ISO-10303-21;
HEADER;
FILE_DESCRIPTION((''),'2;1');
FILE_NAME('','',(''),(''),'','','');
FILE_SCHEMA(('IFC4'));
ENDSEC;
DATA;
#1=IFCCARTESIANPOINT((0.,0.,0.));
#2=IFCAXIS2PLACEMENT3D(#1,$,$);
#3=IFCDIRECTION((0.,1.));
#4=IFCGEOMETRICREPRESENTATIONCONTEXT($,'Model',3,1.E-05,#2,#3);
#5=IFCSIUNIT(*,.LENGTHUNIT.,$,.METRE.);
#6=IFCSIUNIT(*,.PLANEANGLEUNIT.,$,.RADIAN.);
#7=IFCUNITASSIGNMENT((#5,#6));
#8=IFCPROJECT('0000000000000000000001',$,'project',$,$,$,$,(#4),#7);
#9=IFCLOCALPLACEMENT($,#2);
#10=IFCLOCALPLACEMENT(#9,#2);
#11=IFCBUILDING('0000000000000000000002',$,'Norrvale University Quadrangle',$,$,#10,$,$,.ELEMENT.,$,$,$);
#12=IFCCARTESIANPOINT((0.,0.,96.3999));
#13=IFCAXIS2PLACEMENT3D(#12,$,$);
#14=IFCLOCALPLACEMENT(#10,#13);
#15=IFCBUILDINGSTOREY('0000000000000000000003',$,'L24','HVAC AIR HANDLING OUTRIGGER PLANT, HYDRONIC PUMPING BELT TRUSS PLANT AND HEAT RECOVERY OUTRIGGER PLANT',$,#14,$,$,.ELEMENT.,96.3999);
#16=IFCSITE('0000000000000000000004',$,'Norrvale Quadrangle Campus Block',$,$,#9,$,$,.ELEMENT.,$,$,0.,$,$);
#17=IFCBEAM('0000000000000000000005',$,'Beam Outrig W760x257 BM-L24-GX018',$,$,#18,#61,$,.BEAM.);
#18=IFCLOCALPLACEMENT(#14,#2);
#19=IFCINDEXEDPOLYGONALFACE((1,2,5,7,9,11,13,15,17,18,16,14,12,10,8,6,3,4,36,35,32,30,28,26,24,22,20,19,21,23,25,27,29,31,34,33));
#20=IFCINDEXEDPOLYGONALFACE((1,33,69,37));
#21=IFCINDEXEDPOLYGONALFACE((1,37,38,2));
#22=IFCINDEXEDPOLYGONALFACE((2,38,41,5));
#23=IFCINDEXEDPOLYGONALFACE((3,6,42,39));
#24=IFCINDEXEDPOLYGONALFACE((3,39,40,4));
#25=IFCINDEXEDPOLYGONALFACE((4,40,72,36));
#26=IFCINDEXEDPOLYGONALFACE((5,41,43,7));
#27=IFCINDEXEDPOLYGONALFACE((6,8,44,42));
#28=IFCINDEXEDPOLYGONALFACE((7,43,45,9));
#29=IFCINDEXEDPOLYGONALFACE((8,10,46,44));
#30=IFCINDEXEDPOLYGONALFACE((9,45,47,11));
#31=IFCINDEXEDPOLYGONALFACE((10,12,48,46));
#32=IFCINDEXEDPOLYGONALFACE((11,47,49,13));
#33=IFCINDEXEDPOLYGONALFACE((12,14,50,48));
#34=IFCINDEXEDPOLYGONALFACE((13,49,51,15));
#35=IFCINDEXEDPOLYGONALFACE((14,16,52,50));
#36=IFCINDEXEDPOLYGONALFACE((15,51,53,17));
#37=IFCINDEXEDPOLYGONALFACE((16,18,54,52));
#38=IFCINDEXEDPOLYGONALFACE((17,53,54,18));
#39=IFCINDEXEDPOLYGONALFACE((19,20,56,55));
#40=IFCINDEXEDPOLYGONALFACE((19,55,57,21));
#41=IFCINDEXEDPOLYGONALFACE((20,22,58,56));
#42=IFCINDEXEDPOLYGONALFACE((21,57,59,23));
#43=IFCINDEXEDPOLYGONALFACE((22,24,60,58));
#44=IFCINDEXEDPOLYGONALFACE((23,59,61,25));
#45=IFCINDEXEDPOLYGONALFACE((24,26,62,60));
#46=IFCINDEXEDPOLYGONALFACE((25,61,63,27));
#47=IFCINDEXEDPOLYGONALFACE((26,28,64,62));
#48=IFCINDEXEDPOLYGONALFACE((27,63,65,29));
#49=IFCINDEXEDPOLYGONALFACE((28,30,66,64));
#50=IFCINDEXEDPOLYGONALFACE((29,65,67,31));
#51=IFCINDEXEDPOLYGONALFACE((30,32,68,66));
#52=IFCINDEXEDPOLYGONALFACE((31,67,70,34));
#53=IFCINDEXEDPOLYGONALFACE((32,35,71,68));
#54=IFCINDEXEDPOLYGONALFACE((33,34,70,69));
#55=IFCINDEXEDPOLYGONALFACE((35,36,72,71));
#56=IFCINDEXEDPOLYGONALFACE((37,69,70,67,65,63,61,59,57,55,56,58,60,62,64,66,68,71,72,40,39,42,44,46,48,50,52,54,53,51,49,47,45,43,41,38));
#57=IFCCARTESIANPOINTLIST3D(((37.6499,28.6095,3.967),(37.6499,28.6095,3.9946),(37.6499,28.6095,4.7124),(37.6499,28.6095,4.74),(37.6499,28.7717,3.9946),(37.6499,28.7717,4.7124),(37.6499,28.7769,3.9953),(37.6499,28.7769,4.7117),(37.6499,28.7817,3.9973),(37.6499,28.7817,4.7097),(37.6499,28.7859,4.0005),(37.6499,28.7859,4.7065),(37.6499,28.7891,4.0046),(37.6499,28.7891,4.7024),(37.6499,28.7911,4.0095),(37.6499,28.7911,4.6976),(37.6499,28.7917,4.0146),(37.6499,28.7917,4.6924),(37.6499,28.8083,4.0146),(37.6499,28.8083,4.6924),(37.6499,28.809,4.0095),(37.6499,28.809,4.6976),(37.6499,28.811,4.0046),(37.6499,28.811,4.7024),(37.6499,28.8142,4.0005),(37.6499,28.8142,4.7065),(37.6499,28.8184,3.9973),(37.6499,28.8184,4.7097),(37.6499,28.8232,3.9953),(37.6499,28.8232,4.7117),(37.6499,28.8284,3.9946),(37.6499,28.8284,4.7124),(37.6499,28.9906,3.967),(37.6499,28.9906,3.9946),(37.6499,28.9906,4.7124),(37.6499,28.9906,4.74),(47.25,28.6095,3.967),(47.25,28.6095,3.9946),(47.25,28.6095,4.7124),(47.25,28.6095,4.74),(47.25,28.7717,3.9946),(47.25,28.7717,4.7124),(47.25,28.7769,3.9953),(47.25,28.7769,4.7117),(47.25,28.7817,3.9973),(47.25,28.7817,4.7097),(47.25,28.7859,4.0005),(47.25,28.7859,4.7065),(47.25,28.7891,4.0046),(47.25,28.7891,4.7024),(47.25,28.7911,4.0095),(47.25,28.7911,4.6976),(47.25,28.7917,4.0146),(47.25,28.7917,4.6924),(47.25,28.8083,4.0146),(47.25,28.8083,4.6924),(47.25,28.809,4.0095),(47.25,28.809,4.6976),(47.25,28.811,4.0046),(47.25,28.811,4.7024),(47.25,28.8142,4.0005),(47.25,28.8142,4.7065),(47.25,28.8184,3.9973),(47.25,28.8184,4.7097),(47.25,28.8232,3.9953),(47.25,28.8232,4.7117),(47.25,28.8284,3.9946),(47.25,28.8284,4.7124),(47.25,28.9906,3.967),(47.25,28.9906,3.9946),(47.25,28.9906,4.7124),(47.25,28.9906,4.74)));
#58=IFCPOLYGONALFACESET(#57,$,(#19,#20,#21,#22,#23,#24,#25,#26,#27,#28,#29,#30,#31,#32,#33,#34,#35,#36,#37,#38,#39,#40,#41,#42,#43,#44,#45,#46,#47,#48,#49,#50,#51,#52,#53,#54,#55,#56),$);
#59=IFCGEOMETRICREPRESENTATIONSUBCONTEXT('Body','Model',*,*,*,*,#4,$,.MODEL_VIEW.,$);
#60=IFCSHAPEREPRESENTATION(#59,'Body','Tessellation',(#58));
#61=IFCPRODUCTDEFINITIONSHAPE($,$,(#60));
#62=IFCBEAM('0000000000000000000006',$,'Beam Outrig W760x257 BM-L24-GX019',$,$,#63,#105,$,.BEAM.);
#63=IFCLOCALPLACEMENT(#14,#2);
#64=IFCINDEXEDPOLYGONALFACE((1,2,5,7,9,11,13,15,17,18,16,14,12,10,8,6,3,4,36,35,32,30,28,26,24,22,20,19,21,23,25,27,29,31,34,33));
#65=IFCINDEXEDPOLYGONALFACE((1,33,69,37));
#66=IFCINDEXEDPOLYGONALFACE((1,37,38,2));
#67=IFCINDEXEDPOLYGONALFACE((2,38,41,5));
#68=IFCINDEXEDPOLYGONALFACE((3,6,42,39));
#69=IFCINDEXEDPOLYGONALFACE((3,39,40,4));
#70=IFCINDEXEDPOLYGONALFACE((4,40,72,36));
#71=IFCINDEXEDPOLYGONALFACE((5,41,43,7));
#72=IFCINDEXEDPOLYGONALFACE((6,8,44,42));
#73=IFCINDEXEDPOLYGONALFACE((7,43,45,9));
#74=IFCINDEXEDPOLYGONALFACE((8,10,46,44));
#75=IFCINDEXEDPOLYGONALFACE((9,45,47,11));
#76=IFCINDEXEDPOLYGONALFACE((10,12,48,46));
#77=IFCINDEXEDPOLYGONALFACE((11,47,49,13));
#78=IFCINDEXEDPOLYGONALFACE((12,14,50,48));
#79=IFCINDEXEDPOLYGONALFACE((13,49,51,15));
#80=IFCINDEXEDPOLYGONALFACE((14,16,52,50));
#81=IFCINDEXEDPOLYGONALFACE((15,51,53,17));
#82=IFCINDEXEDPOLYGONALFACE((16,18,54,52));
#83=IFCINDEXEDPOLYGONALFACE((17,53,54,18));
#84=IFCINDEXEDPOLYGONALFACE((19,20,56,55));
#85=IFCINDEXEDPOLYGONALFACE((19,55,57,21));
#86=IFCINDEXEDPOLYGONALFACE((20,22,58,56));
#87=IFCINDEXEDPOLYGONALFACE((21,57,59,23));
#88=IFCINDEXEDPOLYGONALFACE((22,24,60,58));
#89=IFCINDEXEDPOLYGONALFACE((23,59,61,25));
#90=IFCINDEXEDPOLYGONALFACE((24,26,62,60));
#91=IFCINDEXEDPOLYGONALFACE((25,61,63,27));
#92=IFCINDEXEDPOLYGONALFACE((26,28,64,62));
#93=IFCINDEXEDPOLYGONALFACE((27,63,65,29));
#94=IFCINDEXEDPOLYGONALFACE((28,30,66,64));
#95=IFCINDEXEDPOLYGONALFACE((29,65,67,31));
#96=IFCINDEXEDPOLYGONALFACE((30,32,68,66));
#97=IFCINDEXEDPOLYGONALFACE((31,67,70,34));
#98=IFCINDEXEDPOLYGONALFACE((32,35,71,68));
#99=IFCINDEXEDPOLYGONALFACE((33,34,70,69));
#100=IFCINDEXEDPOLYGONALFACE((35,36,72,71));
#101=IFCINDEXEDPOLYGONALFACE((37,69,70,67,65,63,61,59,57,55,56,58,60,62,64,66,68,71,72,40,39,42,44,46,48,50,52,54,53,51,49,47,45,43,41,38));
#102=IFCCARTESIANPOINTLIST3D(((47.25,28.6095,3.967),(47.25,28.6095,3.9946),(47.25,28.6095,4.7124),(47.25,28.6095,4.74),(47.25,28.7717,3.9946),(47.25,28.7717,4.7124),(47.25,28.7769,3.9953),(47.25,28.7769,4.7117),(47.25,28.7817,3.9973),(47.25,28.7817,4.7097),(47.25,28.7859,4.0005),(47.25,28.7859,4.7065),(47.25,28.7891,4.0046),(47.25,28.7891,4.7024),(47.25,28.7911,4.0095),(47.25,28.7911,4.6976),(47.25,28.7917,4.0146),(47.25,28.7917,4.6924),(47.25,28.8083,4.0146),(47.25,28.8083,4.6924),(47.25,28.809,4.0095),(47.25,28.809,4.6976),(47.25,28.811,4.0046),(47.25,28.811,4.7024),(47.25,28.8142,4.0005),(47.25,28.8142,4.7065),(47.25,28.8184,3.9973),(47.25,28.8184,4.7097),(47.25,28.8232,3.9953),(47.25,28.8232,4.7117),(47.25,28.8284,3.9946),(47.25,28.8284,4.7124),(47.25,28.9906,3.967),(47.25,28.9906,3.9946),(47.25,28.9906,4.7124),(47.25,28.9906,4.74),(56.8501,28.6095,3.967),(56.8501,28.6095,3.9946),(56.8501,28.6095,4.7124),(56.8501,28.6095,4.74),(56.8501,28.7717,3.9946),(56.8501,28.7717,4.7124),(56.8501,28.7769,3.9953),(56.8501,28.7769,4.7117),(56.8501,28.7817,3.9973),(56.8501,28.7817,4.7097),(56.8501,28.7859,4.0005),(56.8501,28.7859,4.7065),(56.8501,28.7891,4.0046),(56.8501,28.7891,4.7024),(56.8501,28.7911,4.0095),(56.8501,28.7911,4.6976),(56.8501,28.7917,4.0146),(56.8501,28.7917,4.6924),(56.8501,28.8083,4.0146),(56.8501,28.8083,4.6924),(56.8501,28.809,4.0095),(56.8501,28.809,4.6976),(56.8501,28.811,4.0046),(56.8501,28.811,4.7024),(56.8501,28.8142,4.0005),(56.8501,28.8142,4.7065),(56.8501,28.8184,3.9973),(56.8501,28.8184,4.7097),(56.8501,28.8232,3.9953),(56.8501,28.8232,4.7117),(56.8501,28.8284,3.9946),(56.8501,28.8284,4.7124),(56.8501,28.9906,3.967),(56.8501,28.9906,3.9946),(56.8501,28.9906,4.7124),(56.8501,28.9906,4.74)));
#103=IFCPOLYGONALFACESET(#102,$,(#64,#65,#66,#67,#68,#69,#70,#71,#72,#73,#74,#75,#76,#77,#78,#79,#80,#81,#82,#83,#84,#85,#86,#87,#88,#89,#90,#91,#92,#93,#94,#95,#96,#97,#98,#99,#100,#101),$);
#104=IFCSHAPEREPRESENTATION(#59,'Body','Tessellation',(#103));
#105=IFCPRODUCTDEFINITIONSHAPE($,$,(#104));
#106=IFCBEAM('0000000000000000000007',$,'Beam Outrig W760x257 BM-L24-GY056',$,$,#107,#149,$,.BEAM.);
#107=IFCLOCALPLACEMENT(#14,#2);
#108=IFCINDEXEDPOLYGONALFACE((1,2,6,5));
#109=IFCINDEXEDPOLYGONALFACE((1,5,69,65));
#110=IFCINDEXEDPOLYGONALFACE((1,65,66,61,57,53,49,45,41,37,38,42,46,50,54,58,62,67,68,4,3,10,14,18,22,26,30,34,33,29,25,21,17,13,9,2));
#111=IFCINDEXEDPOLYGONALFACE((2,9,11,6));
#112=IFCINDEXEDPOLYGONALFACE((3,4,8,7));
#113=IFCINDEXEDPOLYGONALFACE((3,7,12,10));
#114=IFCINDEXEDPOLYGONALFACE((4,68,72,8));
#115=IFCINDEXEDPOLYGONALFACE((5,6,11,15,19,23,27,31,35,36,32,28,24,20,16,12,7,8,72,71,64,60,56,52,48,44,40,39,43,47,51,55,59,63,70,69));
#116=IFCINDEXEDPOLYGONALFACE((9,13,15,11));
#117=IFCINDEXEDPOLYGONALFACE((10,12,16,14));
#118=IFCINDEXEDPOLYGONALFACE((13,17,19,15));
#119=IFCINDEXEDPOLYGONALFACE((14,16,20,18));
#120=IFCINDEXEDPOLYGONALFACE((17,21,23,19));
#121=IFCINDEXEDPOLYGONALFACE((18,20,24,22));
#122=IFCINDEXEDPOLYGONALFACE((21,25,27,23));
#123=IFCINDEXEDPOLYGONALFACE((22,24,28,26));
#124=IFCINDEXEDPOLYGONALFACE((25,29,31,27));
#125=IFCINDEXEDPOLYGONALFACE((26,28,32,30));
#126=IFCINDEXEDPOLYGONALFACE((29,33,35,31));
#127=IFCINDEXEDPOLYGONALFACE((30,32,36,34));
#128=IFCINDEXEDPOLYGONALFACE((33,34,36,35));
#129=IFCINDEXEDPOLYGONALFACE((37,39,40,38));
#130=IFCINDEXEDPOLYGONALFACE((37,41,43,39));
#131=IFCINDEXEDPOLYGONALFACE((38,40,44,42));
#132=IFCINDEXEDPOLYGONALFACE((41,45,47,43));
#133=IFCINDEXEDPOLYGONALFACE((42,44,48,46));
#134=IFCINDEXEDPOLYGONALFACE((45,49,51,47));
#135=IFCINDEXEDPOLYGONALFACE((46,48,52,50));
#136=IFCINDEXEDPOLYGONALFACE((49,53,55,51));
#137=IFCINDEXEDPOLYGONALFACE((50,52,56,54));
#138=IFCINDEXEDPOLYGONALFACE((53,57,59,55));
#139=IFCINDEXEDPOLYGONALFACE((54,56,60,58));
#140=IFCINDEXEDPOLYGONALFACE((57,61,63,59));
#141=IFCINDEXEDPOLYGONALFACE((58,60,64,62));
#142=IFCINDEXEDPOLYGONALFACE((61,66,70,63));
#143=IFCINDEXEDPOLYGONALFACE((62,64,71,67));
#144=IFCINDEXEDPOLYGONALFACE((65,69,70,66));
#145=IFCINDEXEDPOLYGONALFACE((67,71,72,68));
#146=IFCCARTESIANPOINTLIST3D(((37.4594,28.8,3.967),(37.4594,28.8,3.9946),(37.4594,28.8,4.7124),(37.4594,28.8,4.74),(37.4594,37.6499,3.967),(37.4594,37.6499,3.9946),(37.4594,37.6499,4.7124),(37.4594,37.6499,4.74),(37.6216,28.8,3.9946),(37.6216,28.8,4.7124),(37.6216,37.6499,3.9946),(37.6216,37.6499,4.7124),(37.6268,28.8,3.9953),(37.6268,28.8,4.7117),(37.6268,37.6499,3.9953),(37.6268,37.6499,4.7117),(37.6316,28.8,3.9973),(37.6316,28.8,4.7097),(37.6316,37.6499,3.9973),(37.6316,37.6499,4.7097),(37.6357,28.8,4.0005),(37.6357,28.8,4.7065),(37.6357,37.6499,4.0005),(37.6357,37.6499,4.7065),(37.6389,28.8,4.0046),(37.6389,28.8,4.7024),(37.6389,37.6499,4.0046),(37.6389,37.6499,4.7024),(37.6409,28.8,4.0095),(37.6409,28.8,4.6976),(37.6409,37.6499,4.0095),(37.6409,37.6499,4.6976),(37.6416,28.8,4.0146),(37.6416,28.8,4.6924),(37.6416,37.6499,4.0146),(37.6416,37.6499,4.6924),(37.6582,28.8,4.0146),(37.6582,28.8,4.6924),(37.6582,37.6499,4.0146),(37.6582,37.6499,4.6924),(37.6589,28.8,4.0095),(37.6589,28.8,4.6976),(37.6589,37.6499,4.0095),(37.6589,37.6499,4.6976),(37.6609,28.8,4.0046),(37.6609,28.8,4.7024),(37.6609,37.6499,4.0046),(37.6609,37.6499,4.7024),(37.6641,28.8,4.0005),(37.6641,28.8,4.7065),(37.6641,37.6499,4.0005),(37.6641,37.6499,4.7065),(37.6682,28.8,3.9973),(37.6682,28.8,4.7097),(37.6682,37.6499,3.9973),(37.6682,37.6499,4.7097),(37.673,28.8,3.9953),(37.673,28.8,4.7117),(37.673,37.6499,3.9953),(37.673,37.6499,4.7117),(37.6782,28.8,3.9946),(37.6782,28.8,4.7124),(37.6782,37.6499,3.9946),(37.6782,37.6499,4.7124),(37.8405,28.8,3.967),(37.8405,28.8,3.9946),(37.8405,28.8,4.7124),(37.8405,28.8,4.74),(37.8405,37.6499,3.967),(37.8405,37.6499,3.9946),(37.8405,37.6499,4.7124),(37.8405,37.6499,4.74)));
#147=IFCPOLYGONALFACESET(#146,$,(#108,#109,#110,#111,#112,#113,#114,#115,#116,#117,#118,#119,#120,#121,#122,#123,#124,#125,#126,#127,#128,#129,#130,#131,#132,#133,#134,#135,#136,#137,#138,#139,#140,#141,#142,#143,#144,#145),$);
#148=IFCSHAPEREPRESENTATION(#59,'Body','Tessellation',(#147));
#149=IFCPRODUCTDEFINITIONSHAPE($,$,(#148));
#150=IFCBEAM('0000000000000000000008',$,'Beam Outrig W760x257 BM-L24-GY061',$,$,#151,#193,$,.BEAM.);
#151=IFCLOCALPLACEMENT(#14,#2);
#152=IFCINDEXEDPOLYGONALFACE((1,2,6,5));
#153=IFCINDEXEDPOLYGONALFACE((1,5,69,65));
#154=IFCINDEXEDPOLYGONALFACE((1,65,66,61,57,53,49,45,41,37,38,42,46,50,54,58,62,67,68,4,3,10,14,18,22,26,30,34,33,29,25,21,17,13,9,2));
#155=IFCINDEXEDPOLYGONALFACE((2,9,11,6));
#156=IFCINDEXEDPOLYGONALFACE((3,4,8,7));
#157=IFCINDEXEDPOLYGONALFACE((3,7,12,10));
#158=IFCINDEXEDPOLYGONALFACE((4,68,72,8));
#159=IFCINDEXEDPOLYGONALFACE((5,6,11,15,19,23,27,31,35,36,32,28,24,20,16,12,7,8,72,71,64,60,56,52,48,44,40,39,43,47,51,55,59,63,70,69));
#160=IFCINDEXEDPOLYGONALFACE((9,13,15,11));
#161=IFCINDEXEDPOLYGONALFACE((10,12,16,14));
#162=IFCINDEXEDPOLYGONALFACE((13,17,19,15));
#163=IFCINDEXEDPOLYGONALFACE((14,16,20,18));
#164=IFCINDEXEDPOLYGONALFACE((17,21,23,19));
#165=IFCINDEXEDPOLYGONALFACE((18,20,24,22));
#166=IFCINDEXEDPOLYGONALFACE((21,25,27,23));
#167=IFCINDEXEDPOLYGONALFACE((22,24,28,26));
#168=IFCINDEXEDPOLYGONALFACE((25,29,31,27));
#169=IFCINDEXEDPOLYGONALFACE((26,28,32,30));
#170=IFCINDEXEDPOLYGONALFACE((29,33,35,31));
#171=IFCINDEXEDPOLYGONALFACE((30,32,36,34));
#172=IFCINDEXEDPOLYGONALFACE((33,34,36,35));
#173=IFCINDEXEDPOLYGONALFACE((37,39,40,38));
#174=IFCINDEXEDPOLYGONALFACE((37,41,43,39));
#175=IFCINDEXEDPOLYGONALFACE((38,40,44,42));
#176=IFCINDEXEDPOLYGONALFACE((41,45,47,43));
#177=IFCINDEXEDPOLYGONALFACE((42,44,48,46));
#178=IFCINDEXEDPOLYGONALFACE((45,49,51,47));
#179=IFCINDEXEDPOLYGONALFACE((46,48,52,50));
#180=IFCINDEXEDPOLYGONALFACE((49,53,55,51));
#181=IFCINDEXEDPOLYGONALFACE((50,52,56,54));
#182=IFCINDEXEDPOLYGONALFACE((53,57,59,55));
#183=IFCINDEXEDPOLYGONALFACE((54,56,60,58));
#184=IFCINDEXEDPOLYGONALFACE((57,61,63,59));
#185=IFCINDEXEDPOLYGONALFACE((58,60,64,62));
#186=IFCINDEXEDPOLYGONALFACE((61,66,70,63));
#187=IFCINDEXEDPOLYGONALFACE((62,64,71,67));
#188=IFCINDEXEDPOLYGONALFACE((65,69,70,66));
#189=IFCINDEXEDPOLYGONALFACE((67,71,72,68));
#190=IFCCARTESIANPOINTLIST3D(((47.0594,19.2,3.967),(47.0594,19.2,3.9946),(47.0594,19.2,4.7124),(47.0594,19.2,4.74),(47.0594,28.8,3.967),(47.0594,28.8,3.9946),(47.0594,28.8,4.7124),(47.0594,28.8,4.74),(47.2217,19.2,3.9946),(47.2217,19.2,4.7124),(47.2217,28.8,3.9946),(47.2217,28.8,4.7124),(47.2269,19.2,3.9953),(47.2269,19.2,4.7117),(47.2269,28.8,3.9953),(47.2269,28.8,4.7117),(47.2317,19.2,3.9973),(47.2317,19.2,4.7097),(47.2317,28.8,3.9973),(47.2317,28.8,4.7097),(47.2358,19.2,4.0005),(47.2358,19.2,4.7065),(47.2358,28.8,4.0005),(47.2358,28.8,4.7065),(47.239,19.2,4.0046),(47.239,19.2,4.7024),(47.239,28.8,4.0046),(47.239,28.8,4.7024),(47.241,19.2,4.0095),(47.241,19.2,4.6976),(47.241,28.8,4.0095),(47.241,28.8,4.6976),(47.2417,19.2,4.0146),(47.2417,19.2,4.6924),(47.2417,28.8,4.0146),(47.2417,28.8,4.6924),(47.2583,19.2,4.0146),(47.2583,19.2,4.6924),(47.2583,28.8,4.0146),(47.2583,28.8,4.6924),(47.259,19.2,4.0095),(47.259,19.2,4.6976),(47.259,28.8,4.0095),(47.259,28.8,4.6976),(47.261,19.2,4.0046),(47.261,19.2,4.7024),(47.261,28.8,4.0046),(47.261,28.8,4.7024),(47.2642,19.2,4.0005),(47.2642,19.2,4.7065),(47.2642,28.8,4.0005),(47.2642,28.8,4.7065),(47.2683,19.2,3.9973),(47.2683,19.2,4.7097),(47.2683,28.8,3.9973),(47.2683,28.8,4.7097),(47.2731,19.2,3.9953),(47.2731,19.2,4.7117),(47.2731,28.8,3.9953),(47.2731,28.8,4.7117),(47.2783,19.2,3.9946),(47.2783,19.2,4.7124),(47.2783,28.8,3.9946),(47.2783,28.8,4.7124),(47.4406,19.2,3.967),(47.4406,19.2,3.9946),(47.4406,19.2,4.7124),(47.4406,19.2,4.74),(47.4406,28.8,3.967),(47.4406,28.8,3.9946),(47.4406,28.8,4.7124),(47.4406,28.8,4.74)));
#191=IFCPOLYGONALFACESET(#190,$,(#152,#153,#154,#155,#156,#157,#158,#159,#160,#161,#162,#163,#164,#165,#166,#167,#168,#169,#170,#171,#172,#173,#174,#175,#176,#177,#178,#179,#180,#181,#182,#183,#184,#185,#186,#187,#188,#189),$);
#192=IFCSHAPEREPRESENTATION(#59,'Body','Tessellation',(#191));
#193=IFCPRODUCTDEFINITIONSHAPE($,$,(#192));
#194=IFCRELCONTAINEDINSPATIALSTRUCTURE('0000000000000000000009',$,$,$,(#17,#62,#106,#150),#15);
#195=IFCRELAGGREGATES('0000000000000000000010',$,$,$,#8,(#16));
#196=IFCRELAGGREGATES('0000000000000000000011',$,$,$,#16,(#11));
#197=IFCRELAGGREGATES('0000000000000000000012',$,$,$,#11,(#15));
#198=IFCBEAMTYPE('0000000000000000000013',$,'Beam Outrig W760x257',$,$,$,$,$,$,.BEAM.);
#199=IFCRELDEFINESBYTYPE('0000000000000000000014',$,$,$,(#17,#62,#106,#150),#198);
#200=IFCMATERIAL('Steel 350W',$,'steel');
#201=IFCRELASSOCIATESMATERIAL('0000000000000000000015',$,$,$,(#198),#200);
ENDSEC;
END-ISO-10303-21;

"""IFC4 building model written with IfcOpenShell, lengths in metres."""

from ifc_helpers import new_model, si_unit, direction, frame, origin, origin_2d, place, context, subcontext, project, spatial, i_section, extrude, material, material_profile, profile_set, type_object, element, save


model = new_model("IFC4")

# Units and contexts
model_context = context("Model", 3, precision=1e-05, world=origin(), true_north=direction((0.0, 1.0)))
body_context = subcontext(model_context, "Body", "Model", "MODEL_VIEW")
ifc_project = project(units=[si_unit("LENGTHUNIT", "METRE"), si_unit("PLANEANGLEUNIT", "RADIAN")], contexts=[model_context])

# Site, building, storey
site_placement = place(None, origin())
site = spatial("IfcSite", under=ifc_project, at=site_placement, Name="Norrvale Quadrangle Campus Block", CompositionType="ELEMENT", RefElevation=0.0)
building_placement = place(site_placement, origin())
building = spatial("IfcBuilding", under=site, at=building_placement, Name="Norrvale University Quadrangle", CompositionType="ELEMENT")
storey_placement = place(building_placement, frame((0.0, 0.0, 96.3999)))
storey = spatial("IfcBuildingStorey", under=building, at=storey_placement, Name="L24", Description="HVAC AIR HANDLING OUTRIGGER PLANT, HYDRONIC PUMPING BELT TRUSS PLANT AND HEAT RECOVERY OUTRIGGER PLANT", CompositionType="ELEMENT", Elevation=96.3999)

# Beams
ifc_material_1 = material(Name="Steel 350W", Category="steel")
ifc_material_profile_1 = material_profile(ifc_material_1, i_section(OverallWidth=0.3811, OverallDepth=0.7729, WebThickness=0.0166, FlangeThickness=0.0276, FilletRadius=0.02, at=origin_2d()), Name="Steel 350W")
ifc_profile_set_1 = profile_set([ifc_material_profile_1], Name="Steel 350W")
beam_type_1 = type_object("IfcBeamType", Name="Beam Outrig W760x257", PredefinedType="BEAM", material=ifc_profile_set_1)
for number, where, z_axis, x_axis, name in (
    (1, (37.6499, 28.8, 4.3535), (1.0, 0.0, 0.0), (0.0, 1.0, 0.0), "Beam Outrig W760x257 BM-L24-GX018"),
    (2, (47.25, 28.8, 4.3535), (1.0, 0.0, 0.0), (0.0, 1.0, 0.0), "Beam Outrig W760x257 BM-L24-GX019"),
):
    element("IfcBeam", number, at=place(storey_placement, frame(where, z_axis=z_axis, x_axis=x_axis)), inside=storey, type_object=beam_type_1, Name=name, PredefinedType="BEAM", context=body_context, shape_type="SweptSolid", body=[
        extrude(i_section(OverallWidth=0.3811, OverallDepth=0.7729, WebThickness=0.0166, FlangeThickness=0.0276, FilletRadius=0.02, at=origin_2d()), origin(), (0.0, 0.0, 1.0), 9.6001),
    ])
beam_1_placement = place(storey_placement, frame((37.6499, 28.8, 4.3535), z_axis=(0.0, 1.0, 0.0), x_axis=(-1.0, 0.0, 0.0)))
element("IfcBeam", 3, at=beam_1_placement, inside=storey, type_object=beam_type_1, Name="Beam Outrig W760x257 BM-L24-GY056", PredefinedType="BEAM", context=body_context, shape_type="SweptSolid", body=[
    extrude(i_section(OverallWidth=0.3811, OverallDepth=0.7729, WebThickness=0.0166, FlangeThickness=0.0276, FilletRadius=0.02, at=origin_2d()), origin(), (0.0, 0.0, 1.0), 8.8499),
])
beam_2_placement = place(storey_placement, frame((47.25, 19.2, 4.3535), z_axis=(0.0, 1.0, 0.0), x_axis=(-1.0, 0.0, 0.0)))
element("IfcBeam", 4, at=beam_2_placement, inside=storey, type_object=beam_type_1, Name="Beam Outrig W760x257 BM-L24-GY061", PredefinedType="BEAM", context=body_context, shape_type="SweptSolid", body=[
    extrude(i_section(OverallWidth=0.3811, OverallDepth=0.7729, WebThickness=0.0166, FlangeThickness=0.0276, FilletRadius=0.02, at=origin_2d()), origin(), (0.0, 0.0, 1.0), 9.6001),
])

save(model, "model.ifc")
